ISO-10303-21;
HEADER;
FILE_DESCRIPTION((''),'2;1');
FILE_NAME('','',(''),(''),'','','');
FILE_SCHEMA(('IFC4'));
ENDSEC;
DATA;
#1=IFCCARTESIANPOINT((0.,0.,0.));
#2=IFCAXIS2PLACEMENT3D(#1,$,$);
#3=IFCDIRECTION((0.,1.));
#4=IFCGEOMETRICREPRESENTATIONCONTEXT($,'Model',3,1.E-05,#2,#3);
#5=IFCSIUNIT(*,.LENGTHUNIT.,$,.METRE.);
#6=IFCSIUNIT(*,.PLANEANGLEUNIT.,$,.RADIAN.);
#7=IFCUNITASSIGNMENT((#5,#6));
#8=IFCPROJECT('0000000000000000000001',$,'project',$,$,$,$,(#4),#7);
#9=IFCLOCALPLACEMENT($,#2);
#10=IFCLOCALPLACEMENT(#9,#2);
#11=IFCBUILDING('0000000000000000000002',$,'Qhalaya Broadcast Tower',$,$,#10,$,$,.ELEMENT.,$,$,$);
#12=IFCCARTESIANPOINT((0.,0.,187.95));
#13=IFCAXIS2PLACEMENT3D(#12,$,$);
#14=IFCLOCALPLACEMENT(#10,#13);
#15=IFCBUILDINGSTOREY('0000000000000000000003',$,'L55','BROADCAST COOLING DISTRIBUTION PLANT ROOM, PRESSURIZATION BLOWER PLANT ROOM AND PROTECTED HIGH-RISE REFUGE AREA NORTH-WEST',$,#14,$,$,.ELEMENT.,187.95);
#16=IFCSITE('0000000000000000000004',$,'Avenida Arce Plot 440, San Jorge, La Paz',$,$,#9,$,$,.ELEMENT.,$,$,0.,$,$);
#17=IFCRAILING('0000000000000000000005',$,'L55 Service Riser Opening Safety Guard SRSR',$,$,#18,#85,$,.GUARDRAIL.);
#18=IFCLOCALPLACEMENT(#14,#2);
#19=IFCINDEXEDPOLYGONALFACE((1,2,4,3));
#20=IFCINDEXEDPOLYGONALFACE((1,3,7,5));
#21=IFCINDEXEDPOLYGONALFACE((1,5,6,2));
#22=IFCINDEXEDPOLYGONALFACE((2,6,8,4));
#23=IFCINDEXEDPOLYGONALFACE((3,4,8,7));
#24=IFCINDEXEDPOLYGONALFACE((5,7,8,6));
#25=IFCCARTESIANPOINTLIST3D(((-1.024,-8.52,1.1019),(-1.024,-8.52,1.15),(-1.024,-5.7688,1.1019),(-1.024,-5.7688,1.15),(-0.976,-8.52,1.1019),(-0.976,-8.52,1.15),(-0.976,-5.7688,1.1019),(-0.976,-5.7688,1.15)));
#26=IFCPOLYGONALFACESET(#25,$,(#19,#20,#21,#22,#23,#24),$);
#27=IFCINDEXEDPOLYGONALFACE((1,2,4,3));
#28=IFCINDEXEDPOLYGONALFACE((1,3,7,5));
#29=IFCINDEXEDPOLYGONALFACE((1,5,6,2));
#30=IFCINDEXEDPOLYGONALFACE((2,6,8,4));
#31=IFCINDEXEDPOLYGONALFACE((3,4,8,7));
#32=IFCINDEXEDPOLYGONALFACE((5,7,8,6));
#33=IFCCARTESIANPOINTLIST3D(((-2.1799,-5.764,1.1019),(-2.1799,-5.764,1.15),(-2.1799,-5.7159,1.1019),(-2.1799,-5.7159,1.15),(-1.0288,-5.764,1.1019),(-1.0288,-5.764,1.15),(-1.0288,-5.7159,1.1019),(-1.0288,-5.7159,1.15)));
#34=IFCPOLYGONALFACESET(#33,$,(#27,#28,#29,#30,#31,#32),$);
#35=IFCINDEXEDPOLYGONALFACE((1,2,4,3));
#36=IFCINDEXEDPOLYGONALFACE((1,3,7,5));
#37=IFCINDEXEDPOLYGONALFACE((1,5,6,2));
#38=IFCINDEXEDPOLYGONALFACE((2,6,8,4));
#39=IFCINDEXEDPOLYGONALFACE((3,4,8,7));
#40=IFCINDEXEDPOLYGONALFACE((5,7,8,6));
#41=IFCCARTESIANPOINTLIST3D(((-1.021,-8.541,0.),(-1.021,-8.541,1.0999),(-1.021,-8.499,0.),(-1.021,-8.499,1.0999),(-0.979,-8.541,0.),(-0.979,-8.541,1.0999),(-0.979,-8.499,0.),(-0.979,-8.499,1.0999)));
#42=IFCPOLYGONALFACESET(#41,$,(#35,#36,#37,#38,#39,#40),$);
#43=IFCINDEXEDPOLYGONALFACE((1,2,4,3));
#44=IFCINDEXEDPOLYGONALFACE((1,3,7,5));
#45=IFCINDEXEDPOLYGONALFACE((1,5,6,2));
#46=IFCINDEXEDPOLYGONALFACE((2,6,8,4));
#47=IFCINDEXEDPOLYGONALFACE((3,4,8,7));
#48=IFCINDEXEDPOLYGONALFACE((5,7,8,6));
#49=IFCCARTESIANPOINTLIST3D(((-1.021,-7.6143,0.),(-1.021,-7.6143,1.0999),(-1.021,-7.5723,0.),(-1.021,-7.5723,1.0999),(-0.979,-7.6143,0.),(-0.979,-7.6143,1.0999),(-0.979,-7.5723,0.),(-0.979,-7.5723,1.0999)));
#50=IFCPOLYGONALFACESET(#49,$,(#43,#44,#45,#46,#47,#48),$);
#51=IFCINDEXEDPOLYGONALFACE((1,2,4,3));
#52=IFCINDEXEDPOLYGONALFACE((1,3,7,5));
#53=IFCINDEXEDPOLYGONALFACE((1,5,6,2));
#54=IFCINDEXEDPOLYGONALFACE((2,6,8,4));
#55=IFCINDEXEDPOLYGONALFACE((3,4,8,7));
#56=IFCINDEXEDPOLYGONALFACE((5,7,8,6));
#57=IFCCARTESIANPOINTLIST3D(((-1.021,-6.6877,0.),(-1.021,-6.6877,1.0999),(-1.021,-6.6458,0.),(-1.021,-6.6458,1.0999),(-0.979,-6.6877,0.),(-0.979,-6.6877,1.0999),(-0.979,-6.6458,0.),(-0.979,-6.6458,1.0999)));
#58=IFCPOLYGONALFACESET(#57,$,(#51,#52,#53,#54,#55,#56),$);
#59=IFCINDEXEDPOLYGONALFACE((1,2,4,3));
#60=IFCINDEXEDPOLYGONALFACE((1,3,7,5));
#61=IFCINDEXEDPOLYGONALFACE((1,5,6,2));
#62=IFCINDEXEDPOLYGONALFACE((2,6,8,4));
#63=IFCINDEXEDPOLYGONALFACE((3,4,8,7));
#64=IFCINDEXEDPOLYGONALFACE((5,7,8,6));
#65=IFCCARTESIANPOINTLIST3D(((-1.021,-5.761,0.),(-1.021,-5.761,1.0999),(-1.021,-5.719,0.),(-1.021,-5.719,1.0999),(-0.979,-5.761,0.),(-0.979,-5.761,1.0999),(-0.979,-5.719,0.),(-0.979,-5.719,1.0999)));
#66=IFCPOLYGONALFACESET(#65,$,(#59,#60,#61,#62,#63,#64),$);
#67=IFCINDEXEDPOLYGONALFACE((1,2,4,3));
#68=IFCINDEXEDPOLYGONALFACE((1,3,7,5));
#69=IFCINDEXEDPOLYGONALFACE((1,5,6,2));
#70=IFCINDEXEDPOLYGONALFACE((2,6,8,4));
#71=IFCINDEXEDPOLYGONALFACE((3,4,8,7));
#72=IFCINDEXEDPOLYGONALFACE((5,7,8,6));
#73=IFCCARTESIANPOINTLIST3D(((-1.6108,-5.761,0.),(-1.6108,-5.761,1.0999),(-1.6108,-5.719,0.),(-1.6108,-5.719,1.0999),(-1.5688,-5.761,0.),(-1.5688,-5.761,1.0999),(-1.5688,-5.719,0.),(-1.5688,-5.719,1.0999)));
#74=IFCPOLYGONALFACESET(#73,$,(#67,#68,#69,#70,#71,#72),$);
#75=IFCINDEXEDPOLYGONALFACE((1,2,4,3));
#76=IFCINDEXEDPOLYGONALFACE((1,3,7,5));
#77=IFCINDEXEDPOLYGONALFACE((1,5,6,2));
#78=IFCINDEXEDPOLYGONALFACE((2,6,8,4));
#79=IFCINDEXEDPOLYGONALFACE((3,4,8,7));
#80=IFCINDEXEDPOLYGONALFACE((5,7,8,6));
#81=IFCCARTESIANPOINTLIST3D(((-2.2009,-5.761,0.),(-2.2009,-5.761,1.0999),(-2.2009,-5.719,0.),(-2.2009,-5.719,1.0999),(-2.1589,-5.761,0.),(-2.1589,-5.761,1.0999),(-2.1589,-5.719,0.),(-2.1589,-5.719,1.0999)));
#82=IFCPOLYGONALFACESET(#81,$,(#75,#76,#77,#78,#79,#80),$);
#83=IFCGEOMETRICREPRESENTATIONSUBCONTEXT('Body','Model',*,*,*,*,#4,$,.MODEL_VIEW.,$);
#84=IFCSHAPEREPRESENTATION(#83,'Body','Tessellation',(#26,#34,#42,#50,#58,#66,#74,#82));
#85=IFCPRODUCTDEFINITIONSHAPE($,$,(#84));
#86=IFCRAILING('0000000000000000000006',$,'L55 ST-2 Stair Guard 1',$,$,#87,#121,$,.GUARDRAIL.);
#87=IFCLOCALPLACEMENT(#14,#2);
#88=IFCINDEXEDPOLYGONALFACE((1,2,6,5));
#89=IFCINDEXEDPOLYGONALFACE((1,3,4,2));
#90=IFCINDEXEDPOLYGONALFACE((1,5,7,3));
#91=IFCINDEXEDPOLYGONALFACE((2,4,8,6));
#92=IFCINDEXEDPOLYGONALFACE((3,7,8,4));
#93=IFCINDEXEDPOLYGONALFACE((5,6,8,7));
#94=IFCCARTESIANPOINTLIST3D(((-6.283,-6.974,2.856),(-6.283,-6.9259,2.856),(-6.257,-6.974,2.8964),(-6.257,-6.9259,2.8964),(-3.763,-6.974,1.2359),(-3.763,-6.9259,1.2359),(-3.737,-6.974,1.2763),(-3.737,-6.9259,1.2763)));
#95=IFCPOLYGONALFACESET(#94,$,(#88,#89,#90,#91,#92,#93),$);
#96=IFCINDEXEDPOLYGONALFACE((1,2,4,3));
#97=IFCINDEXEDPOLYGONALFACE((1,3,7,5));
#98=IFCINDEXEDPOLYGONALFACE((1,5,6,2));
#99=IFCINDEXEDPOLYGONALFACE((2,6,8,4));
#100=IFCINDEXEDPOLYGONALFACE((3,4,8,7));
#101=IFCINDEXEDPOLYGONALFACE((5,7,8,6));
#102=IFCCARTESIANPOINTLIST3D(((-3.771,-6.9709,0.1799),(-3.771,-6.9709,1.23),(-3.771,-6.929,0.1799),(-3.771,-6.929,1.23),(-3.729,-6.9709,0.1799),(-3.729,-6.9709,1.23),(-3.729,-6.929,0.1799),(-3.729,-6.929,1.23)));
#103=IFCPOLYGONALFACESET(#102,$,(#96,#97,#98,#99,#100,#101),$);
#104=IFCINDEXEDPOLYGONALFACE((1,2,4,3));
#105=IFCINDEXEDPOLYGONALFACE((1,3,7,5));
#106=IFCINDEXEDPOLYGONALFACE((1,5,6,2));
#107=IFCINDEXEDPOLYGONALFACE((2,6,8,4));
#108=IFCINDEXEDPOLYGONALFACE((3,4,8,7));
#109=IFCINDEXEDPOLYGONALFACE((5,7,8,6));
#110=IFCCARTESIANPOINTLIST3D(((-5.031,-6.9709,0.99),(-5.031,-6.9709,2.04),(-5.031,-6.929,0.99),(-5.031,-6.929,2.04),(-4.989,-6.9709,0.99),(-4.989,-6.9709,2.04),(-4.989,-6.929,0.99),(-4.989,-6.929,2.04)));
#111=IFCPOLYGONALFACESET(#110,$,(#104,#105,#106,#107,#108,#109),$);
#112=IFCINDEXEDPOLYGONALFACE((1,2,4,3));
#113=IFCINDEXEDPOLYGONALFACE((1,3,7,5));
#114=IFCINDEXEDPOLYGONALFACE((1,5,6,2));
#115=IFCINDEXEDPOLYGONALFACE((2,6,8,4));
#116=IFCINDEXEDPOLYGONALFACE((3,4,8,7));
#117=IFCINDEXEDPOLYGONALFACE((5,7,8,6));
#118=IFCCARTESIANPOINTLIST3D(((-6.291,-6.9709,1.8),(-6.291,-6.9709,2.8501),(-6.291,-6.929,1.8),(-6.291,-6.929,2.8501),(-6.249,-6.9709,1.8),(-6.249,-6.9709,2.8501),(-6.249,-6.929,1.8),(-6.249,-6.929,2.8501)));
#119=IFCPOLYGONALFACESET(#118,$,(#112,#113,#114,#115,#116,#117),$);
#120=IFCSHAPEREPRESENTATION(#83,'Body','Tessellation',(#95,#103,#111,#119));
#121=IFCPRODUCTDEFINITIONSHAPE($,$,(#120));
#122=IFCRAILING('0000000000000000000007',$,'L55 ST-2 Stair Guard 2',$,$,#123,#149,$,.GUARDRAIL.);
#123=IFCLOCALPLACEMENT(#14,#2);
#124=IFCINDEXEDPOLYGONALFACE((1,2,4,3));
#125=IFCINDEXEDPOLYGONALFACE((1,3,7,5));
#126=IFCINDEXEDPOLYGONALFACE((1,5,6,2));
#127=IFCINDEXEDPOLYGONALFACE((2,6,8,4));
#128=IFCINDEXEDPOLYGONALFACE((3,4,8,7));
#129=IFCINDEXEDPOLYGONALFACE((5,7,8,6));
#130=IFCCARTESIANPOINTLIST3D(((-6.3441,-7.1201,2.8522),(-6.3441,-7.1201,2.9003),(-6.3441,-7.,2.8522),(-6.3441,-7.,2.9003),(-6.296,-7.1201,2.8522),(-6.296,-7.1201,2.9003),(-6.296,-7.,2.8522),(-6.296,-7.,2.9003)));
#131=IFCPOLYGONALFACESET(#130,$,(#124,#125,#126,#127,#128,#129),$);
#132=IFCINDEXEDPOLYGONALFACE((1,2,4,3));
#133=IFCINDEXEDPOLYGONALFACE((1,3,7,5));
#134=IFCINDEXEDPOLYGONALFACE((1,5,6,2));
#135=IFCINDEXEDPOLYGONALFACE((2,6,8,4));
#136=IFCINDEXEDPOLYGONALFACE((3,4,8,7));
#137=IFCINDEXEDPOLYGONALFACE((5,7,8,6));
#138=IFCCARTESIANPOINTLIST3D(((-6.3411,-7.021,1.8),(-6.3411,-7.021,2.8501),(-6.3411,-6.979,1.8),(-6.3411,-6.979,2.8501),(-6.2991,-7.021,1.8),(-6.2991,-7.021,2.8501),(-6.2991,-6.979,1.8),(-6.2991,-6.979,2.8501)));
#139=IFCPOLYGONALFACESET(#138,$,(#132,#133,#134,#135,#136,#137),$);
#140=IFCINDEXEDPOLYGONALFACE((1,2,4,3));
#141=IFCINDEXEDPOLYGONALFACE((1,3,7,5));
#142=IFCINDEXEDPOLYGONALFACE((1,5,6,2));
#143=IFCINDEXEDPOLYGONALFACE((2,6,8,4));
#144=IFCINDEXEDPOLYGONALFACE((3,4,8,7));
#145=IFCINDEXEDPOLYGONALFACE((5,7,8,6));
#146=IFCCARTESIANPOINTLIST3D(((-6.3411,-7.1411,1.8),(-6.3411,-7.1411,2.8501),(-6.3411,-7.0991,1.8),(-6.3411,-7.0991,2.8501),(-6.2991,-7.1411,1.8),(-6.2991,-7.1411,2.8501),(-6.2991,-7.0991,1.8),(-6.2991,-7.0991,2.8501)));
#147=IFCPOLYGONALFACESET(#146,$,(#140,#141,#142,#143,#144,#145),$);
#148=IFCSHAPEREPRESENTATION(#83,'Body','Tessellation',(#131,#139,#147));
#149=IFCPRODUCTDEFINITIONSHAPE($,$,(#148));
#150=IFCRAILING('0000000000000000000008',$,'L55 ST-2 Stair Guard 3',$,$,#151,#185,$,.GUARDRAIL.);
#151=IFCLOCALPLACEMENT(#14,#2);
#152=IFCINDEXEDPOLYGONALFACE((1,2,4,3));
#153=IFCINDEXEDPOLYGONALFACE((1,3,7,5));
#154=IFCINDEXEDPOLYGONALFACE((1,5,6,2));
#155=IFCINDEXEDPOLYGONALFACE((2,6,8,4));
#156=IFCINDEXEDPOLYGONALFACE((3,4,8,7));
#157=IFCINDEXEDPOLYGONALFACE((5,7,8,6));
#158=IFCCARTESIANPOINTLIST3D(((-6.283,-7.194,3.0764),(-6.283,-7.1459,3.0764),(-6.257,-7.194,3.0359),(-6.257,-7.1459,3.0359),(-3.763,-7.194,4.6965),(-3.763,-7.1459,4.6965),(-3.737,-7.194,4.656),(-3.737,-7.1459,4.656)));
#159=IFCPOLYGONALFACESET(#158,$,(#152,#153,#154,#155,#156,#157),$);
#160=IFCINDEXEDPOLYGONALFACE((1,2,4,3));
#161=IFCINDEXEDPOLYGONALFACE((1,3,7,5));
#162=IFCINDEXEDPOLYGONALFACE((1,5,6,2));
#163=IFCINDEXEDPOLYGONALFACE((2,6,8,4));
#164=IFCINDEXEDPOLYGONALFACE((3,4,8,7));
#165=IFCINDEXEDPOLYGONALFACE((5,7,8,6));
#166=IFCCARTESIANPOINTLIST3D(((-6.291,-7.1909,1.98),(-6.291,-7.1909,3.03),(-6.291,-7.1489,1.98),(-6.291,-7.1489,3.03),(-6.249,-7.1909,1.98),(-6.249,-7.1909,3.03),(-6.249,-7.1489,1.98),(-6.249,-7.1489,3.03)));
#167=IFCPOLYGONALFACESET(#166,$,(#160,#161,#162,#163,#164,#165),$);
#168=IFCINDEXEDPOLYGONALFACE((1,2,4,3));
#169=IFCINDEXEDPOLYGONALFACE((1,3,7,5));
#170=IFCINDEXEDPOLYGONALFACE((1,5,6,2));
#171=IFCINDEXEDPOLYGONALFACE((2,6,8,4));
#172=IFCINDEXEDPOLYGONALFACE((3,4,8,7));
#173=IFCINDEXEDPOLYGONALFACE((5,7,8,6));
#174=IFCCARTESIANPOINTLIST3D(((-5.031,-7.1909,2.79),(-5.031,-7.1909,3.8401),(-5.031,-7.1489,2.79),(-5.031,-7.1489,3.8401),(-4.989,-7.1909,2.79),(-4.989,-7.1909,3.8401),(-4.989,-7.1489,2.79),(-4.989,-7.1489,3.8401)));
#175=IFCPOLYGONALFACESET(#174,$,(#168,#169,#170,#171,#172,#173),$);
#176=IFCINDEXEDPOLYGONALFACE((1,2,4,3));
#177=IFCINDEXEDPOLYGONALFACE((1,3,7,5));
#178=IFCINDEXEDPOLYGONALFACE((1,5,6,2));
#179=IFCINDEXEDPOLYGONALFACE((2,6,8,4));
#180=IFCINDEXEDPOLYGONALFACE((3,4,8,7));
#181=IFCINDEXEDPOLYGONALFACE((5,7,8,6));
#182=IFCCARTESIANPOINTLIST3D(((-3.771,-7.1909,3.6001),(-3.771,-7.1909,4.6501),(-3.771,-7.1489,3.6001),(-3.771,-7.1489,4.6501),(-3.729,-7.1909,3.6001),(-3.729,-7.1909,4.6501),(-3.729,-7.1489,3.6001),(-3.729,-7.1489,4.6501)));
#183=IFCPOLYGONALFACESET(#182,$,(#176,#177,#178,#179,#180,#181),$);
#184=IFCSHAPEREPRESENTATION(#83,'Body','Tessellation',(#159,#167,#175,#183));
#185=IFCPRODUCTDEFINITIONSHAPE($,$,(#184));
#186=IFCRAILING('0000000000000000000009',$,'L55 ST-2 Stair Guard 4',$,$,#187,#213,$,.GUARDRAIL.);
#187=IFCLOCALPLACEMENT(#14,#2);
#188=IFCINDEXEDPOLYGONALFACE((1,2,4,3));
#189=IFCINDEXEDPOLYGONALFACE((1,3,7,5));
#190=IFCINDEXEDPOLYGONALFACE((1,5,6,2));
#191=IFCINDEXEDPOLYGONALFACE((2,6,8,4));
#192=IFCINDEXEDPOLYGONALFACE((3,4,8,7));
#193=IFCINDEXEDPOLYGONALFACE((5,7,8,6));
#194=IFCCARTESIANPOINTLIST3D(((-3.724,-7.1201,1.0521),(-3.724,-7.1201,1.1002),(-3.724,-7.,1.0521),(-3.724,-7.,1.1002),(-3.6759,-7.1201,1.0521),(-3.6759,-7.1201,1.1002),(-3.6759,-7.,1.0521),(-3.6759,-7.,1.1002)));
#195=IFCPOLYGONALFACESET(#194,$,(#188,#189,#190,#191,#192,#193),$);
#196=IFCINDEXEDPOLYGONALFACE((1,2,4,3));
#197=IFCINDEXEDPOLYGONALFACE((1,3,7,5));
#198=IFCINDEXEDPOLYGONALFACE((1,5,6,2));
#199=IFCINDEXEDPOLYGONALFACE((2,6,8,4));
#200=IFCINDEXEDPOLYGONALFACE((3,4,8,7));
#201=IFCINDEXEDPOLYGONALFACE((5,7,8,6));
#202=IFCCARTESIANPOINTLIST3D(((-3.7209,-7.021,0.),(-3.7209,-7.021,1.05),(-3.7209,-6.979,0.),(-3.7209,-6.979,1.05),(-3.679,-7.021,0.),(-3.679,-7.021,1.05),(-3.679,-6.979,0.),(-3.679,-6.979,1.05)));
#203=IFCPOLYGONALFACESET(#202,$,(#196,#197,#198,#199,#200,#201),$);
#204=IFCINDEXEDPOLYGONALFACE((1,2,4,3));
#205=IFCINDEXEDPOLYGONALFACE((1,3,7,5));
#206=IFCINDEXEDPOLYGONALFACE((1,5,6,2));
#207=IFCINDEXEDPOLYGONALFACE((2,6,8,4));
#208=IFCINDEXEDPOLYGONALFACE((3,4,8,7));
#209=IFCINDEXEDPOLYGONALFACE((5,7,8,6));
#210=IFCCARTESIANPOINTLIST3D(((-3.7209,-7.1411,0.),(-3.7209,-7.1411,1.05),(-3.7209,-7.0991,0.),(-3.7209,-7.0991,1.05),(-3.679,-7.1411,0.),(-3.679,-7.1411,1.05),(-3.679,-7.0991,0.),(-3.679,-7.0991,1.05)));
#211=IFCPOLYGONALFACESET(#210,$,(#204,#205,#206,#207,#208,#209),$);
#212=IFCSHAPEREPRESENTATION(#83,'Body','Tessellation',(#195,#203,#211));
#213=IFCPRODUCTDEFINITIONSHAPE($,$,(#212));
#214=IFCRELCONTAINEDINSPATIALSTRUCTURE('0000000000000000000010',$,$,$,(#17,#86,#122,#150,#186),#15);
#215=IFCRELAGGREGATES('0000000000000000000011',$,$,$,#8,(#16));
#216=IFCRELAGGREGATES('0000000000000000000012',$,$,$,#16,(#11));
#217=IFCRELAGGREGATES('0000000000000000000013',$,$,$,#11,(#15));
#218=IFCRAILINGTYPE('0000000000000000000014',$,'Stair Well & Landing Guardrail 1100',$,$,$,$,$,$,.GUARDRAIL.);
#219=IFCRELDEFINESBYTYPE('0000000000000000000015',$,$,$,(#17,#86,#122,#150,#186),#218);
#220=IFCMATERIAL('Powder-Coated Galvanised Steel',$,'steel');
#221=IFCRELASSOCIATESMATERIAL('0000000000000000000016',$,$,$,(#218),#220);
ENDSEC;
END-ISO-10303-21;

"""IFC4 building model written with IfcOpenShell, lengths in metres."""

from ifc_helpers import new_model, si_unit, direction, frame, origin, origin_2d, place, context, subcontext, project, spatial, rectangle, extrude, material, type_object, element, save


model = new_model("IFC4")

# Units and contexts
model_context = context("Model", 3, precision=1e-05, world=origin(), true_north=direction((0.0, 1.0)))
body_context = subcontext(model_context, "Body", "Model", "MODEL_VIEW")
ifc_project = project(units=[si_unit("LENGTHUNIT", "METRE"), si_unit("PLANEANGLEUNIT", "RADIAN")], contexts=[model_context])

# Site, building, storey
site_placement = place(None, origin())
site = spatial("IfcSite", under=ifc_project, at=site_placement, Name="Avenida Arce Plot 440, San Jorge, La Paz", CompositionType="ELEMENT", RefElevation=0.0)
building_placement = place(site_placement, origin())
building = spatial("IfcBuilding", under=site, at=building_placement, Name="Qhalaya Broadcast Tower", CompositionType="ELEMENT")
storey_placement = place(building_placement, frame((0.0, 0.0, 187.95)))
storey = spatial("IfcBuildingStorey", under=building, at=storey_placement, Name="L55", Description="BROADCAST COOLING DISTRIBUTION PLANT ROOM, PRESSURIZATION BLOWER PLANT ROOM AND PROTECTED HIGH-RISE REFUGE AREA NORTH-WEST", CompositionType="ELEMENT", Elevation=187.95)

# Railings
ifc_material_1 = material(Name="Powder-Coated Galvanised Steel", Category="steel")
railing_type_1 = type_object("IfcRailingType", Name="Stair Well & Landing Guardrail 1100", PredefinedType="GUARDRAIL", material=ifc_material_1)
railing_1_placement = place(storey_placement, frame((-1.0, -8.52, 0.0)))
element("IfcRailing", 1, at=railing_1_placement, inside=storey, type_object=railing_type_1, Name="L55 Service Riser Opening Safety Guard SRSR", PredefinedType="GUARDRAIL", context=body_context, shape_type="SweptSolid", body=[
    extrude(rectangle(XDim=0.0481, YDim=0.0481, at=origin_2d()), frame((0.0, 0.0, 1.126), z_axis=(0.0, 1.0, 0.0), x_axis=(-1.0, 0.0, 0.0)), (0.0, 0.0, 1.0), 2.7512),
    extrude(rectangle(XDim=0.0481, YDim=0.0481, at=origin_2d()), frame((-0.0288, 2.78, 1.126), z_axis=(-1.0, 0.0, 0.0), x_axis=(0.0, -1.0, 0.0)), (0.0, 0.0, 1.0), 1.1511),
    extrude(rectangle(XDim=0.042, YDim=0.042, at=origin_2d()), origin(), (0.0, 0.0, 1.0), 1.0999),
    extrude(rectangle(XDim=0.042, YDim=0.042, at=origin_2d()), frame((0.0, 0.9268, 0.0)), (0.0, 0.0, 1.0), 1.0999),
    extrude(rectangle(XDim=0.042, YDim=0.042, at=origin_2d()), frame((0.0, 1.8533, 0.0)), (0.0, 0.0, 1.0), 1.0999),
    extrude(rectangle(XDim=0.042, YDim=0.042, at=origin_2d()), frame((0.0, 2.78, 0.0)), (0.0, 0.0, 1.0), 1.0999),
    extrude(rectangle(XDim=0.042, YDim=0.042, at=origin_2d()), frame((-0.5898, 2.78, 0.0)), (0.0, 0.0, 1.0), 1.0999),
    extrude(rectangle(XDim=0.042, YDim=0.042, at=origin_2d()), frame((-1.1799, 2.78, 0.0)), (0.0, 0.0, 1.0), 1.0999),
])
railing_2_placement = place(storey_placement, frame((-3.75, -6.95, 0.1799)))
element("IfcRailing", 2, at=railing_2_placement, inside=storey, type_object=railing_type_1, Name="L55 ST-2 Stair Guard 1", PredefinedType="GUARDRAIL", context=body_context, shape_type="SweptSolid", body=[
    extrude(rectangle(XDim=0.0481, YDim=0.0481, at=origin_2d()), frame((0.0, 0.0, 1.0762), z_axis=(-0.841163, 0.0, 0.540782), x_axis=(0.0, -1.0, 0.0)), (0.0, 0.0, 1.0), 2.9958),
    extrude(rectangle(XDim=0.042, YDim=0.042, at=origin_2d()), origin(), (0.0, 0.0, 1.0), 1.05),
    extrude(rectangle(XDim=0.042, YDim=0.042, at=origin_2d()), frame((-1.26, 0.0, 0.8101)), (0.0, 0.0, 1.0), 1.05),
    extrude(rectangle(XDim=0.042, YDim=0.042, at=origin_2d()), frame((-2.52, 0.0, 1.6201)), (0.0, 0.0, 1.0), 1.05),
])
railing_3_placement = place(storey_placement, frame((-6.3201, -7.0, 1.8)))
element("IfcRailing", 3, at=railing_3_placement, inside=storey, type_object=railing_type_1, Name="L55 ST-2 Stair Guard 2", PredefinedType="GUARDRAIL", context=body_context, shape_type="SweptSolid", body=[
    extrude(rectangle(XDim=0.0481, YDim=0.0481, at=origin_2d()), frame((0.0, 0.0, 1.0762), z_axis=(0.0, -1.0, 0.0), x_axis=(1.0, 0.0, 0.0)), (0.0, 0.0, 1.0), 0.1201),
    extrude(rectangle(XDim=0.042, YDim=0.042, at=origin_2d()), origin(), (0.0, 0.0, 1.0), 1.05),
    extrude(rectangle(XDim=0.042, YDim=0.042, at=origin_2d()), frame((0.0, -0.1201, 0.0)), (0.0, 0.0, 1.0), 1.05),
])
railing_4_placement = place(storey_placement, frame((-6.27, -7.1699, 1.98)))
element("IfcRailing", 4, at=railing_4_placement, inside=storey, type_object=railing_type_1, Name="L55 ST-2 Stair Guard 3", PredefinedType="GUARDRAIL", context=body_context, shape_type="SweptSolid", body=[
    extrude(rectangle(XDim=0.0481, YDim=0.0481, at=origin_2d()), frame((0.0, 0.0, 1.0762), z_axis=(0.841163, 0.0, 0.540782), x_axis=(0.0, 1.0, 0.0)), (0.0, 0.0, 1.0), 2.9958),
    extrude(rectangle(XDim=0.042, YDim=0.042, at=origin_2d()), origin(), (0.0, 0.0, 1.0), 1.05),
    extrude(rectangle(XDim=0.042, YDim=0.042, at=origin_2d()), frame((1.26, 0.0, 0.8101)), (0.0, 0.0, 1.0), 1.05),
    extrude(rectangle(XDim=0.042, YDim=0.042, at=origin_2d()), frame((2.52, 0.0, 1.6201)), (0.0, 0.0, 1.0), 1.05),
])
railing_5_placement = place(storey_placement, frame((-3.7, -7.0, 0.0)))
element("IfcRailing", 5, at=railing_5_placement, inside=storey, type_object=railing_type_1, Name="L55 ST-2 Stair Guard 4", PredefinedType="GUARDRAIL", context=body_context, shape_type="SweptSolid", body=[
    extrude(rectangle(XDim=0.0481, YDim=0.0481, at=origin_2d()), frame((0.0, 0.0, 1.0762), z_axis=(0.0, -1.0, 0.0), x_axis=(1.0, 0.0, 0.0)), (0.0, 0.0, 1.0), 0.1201),
    extrude(rectangle(XDim=0.042, YDim=0.042, at=origin_2d()), origin(), (0.0, 0.0, 1.0), 1.05),
    extrude(rectangle(XDim=0.042, YDim=0.042, at=origin_2d()), frame((0.0, -0.1201, 0.0)), (0.0, 0.0, 1.0), 1.05),
])

save(model, "model.ifc")
